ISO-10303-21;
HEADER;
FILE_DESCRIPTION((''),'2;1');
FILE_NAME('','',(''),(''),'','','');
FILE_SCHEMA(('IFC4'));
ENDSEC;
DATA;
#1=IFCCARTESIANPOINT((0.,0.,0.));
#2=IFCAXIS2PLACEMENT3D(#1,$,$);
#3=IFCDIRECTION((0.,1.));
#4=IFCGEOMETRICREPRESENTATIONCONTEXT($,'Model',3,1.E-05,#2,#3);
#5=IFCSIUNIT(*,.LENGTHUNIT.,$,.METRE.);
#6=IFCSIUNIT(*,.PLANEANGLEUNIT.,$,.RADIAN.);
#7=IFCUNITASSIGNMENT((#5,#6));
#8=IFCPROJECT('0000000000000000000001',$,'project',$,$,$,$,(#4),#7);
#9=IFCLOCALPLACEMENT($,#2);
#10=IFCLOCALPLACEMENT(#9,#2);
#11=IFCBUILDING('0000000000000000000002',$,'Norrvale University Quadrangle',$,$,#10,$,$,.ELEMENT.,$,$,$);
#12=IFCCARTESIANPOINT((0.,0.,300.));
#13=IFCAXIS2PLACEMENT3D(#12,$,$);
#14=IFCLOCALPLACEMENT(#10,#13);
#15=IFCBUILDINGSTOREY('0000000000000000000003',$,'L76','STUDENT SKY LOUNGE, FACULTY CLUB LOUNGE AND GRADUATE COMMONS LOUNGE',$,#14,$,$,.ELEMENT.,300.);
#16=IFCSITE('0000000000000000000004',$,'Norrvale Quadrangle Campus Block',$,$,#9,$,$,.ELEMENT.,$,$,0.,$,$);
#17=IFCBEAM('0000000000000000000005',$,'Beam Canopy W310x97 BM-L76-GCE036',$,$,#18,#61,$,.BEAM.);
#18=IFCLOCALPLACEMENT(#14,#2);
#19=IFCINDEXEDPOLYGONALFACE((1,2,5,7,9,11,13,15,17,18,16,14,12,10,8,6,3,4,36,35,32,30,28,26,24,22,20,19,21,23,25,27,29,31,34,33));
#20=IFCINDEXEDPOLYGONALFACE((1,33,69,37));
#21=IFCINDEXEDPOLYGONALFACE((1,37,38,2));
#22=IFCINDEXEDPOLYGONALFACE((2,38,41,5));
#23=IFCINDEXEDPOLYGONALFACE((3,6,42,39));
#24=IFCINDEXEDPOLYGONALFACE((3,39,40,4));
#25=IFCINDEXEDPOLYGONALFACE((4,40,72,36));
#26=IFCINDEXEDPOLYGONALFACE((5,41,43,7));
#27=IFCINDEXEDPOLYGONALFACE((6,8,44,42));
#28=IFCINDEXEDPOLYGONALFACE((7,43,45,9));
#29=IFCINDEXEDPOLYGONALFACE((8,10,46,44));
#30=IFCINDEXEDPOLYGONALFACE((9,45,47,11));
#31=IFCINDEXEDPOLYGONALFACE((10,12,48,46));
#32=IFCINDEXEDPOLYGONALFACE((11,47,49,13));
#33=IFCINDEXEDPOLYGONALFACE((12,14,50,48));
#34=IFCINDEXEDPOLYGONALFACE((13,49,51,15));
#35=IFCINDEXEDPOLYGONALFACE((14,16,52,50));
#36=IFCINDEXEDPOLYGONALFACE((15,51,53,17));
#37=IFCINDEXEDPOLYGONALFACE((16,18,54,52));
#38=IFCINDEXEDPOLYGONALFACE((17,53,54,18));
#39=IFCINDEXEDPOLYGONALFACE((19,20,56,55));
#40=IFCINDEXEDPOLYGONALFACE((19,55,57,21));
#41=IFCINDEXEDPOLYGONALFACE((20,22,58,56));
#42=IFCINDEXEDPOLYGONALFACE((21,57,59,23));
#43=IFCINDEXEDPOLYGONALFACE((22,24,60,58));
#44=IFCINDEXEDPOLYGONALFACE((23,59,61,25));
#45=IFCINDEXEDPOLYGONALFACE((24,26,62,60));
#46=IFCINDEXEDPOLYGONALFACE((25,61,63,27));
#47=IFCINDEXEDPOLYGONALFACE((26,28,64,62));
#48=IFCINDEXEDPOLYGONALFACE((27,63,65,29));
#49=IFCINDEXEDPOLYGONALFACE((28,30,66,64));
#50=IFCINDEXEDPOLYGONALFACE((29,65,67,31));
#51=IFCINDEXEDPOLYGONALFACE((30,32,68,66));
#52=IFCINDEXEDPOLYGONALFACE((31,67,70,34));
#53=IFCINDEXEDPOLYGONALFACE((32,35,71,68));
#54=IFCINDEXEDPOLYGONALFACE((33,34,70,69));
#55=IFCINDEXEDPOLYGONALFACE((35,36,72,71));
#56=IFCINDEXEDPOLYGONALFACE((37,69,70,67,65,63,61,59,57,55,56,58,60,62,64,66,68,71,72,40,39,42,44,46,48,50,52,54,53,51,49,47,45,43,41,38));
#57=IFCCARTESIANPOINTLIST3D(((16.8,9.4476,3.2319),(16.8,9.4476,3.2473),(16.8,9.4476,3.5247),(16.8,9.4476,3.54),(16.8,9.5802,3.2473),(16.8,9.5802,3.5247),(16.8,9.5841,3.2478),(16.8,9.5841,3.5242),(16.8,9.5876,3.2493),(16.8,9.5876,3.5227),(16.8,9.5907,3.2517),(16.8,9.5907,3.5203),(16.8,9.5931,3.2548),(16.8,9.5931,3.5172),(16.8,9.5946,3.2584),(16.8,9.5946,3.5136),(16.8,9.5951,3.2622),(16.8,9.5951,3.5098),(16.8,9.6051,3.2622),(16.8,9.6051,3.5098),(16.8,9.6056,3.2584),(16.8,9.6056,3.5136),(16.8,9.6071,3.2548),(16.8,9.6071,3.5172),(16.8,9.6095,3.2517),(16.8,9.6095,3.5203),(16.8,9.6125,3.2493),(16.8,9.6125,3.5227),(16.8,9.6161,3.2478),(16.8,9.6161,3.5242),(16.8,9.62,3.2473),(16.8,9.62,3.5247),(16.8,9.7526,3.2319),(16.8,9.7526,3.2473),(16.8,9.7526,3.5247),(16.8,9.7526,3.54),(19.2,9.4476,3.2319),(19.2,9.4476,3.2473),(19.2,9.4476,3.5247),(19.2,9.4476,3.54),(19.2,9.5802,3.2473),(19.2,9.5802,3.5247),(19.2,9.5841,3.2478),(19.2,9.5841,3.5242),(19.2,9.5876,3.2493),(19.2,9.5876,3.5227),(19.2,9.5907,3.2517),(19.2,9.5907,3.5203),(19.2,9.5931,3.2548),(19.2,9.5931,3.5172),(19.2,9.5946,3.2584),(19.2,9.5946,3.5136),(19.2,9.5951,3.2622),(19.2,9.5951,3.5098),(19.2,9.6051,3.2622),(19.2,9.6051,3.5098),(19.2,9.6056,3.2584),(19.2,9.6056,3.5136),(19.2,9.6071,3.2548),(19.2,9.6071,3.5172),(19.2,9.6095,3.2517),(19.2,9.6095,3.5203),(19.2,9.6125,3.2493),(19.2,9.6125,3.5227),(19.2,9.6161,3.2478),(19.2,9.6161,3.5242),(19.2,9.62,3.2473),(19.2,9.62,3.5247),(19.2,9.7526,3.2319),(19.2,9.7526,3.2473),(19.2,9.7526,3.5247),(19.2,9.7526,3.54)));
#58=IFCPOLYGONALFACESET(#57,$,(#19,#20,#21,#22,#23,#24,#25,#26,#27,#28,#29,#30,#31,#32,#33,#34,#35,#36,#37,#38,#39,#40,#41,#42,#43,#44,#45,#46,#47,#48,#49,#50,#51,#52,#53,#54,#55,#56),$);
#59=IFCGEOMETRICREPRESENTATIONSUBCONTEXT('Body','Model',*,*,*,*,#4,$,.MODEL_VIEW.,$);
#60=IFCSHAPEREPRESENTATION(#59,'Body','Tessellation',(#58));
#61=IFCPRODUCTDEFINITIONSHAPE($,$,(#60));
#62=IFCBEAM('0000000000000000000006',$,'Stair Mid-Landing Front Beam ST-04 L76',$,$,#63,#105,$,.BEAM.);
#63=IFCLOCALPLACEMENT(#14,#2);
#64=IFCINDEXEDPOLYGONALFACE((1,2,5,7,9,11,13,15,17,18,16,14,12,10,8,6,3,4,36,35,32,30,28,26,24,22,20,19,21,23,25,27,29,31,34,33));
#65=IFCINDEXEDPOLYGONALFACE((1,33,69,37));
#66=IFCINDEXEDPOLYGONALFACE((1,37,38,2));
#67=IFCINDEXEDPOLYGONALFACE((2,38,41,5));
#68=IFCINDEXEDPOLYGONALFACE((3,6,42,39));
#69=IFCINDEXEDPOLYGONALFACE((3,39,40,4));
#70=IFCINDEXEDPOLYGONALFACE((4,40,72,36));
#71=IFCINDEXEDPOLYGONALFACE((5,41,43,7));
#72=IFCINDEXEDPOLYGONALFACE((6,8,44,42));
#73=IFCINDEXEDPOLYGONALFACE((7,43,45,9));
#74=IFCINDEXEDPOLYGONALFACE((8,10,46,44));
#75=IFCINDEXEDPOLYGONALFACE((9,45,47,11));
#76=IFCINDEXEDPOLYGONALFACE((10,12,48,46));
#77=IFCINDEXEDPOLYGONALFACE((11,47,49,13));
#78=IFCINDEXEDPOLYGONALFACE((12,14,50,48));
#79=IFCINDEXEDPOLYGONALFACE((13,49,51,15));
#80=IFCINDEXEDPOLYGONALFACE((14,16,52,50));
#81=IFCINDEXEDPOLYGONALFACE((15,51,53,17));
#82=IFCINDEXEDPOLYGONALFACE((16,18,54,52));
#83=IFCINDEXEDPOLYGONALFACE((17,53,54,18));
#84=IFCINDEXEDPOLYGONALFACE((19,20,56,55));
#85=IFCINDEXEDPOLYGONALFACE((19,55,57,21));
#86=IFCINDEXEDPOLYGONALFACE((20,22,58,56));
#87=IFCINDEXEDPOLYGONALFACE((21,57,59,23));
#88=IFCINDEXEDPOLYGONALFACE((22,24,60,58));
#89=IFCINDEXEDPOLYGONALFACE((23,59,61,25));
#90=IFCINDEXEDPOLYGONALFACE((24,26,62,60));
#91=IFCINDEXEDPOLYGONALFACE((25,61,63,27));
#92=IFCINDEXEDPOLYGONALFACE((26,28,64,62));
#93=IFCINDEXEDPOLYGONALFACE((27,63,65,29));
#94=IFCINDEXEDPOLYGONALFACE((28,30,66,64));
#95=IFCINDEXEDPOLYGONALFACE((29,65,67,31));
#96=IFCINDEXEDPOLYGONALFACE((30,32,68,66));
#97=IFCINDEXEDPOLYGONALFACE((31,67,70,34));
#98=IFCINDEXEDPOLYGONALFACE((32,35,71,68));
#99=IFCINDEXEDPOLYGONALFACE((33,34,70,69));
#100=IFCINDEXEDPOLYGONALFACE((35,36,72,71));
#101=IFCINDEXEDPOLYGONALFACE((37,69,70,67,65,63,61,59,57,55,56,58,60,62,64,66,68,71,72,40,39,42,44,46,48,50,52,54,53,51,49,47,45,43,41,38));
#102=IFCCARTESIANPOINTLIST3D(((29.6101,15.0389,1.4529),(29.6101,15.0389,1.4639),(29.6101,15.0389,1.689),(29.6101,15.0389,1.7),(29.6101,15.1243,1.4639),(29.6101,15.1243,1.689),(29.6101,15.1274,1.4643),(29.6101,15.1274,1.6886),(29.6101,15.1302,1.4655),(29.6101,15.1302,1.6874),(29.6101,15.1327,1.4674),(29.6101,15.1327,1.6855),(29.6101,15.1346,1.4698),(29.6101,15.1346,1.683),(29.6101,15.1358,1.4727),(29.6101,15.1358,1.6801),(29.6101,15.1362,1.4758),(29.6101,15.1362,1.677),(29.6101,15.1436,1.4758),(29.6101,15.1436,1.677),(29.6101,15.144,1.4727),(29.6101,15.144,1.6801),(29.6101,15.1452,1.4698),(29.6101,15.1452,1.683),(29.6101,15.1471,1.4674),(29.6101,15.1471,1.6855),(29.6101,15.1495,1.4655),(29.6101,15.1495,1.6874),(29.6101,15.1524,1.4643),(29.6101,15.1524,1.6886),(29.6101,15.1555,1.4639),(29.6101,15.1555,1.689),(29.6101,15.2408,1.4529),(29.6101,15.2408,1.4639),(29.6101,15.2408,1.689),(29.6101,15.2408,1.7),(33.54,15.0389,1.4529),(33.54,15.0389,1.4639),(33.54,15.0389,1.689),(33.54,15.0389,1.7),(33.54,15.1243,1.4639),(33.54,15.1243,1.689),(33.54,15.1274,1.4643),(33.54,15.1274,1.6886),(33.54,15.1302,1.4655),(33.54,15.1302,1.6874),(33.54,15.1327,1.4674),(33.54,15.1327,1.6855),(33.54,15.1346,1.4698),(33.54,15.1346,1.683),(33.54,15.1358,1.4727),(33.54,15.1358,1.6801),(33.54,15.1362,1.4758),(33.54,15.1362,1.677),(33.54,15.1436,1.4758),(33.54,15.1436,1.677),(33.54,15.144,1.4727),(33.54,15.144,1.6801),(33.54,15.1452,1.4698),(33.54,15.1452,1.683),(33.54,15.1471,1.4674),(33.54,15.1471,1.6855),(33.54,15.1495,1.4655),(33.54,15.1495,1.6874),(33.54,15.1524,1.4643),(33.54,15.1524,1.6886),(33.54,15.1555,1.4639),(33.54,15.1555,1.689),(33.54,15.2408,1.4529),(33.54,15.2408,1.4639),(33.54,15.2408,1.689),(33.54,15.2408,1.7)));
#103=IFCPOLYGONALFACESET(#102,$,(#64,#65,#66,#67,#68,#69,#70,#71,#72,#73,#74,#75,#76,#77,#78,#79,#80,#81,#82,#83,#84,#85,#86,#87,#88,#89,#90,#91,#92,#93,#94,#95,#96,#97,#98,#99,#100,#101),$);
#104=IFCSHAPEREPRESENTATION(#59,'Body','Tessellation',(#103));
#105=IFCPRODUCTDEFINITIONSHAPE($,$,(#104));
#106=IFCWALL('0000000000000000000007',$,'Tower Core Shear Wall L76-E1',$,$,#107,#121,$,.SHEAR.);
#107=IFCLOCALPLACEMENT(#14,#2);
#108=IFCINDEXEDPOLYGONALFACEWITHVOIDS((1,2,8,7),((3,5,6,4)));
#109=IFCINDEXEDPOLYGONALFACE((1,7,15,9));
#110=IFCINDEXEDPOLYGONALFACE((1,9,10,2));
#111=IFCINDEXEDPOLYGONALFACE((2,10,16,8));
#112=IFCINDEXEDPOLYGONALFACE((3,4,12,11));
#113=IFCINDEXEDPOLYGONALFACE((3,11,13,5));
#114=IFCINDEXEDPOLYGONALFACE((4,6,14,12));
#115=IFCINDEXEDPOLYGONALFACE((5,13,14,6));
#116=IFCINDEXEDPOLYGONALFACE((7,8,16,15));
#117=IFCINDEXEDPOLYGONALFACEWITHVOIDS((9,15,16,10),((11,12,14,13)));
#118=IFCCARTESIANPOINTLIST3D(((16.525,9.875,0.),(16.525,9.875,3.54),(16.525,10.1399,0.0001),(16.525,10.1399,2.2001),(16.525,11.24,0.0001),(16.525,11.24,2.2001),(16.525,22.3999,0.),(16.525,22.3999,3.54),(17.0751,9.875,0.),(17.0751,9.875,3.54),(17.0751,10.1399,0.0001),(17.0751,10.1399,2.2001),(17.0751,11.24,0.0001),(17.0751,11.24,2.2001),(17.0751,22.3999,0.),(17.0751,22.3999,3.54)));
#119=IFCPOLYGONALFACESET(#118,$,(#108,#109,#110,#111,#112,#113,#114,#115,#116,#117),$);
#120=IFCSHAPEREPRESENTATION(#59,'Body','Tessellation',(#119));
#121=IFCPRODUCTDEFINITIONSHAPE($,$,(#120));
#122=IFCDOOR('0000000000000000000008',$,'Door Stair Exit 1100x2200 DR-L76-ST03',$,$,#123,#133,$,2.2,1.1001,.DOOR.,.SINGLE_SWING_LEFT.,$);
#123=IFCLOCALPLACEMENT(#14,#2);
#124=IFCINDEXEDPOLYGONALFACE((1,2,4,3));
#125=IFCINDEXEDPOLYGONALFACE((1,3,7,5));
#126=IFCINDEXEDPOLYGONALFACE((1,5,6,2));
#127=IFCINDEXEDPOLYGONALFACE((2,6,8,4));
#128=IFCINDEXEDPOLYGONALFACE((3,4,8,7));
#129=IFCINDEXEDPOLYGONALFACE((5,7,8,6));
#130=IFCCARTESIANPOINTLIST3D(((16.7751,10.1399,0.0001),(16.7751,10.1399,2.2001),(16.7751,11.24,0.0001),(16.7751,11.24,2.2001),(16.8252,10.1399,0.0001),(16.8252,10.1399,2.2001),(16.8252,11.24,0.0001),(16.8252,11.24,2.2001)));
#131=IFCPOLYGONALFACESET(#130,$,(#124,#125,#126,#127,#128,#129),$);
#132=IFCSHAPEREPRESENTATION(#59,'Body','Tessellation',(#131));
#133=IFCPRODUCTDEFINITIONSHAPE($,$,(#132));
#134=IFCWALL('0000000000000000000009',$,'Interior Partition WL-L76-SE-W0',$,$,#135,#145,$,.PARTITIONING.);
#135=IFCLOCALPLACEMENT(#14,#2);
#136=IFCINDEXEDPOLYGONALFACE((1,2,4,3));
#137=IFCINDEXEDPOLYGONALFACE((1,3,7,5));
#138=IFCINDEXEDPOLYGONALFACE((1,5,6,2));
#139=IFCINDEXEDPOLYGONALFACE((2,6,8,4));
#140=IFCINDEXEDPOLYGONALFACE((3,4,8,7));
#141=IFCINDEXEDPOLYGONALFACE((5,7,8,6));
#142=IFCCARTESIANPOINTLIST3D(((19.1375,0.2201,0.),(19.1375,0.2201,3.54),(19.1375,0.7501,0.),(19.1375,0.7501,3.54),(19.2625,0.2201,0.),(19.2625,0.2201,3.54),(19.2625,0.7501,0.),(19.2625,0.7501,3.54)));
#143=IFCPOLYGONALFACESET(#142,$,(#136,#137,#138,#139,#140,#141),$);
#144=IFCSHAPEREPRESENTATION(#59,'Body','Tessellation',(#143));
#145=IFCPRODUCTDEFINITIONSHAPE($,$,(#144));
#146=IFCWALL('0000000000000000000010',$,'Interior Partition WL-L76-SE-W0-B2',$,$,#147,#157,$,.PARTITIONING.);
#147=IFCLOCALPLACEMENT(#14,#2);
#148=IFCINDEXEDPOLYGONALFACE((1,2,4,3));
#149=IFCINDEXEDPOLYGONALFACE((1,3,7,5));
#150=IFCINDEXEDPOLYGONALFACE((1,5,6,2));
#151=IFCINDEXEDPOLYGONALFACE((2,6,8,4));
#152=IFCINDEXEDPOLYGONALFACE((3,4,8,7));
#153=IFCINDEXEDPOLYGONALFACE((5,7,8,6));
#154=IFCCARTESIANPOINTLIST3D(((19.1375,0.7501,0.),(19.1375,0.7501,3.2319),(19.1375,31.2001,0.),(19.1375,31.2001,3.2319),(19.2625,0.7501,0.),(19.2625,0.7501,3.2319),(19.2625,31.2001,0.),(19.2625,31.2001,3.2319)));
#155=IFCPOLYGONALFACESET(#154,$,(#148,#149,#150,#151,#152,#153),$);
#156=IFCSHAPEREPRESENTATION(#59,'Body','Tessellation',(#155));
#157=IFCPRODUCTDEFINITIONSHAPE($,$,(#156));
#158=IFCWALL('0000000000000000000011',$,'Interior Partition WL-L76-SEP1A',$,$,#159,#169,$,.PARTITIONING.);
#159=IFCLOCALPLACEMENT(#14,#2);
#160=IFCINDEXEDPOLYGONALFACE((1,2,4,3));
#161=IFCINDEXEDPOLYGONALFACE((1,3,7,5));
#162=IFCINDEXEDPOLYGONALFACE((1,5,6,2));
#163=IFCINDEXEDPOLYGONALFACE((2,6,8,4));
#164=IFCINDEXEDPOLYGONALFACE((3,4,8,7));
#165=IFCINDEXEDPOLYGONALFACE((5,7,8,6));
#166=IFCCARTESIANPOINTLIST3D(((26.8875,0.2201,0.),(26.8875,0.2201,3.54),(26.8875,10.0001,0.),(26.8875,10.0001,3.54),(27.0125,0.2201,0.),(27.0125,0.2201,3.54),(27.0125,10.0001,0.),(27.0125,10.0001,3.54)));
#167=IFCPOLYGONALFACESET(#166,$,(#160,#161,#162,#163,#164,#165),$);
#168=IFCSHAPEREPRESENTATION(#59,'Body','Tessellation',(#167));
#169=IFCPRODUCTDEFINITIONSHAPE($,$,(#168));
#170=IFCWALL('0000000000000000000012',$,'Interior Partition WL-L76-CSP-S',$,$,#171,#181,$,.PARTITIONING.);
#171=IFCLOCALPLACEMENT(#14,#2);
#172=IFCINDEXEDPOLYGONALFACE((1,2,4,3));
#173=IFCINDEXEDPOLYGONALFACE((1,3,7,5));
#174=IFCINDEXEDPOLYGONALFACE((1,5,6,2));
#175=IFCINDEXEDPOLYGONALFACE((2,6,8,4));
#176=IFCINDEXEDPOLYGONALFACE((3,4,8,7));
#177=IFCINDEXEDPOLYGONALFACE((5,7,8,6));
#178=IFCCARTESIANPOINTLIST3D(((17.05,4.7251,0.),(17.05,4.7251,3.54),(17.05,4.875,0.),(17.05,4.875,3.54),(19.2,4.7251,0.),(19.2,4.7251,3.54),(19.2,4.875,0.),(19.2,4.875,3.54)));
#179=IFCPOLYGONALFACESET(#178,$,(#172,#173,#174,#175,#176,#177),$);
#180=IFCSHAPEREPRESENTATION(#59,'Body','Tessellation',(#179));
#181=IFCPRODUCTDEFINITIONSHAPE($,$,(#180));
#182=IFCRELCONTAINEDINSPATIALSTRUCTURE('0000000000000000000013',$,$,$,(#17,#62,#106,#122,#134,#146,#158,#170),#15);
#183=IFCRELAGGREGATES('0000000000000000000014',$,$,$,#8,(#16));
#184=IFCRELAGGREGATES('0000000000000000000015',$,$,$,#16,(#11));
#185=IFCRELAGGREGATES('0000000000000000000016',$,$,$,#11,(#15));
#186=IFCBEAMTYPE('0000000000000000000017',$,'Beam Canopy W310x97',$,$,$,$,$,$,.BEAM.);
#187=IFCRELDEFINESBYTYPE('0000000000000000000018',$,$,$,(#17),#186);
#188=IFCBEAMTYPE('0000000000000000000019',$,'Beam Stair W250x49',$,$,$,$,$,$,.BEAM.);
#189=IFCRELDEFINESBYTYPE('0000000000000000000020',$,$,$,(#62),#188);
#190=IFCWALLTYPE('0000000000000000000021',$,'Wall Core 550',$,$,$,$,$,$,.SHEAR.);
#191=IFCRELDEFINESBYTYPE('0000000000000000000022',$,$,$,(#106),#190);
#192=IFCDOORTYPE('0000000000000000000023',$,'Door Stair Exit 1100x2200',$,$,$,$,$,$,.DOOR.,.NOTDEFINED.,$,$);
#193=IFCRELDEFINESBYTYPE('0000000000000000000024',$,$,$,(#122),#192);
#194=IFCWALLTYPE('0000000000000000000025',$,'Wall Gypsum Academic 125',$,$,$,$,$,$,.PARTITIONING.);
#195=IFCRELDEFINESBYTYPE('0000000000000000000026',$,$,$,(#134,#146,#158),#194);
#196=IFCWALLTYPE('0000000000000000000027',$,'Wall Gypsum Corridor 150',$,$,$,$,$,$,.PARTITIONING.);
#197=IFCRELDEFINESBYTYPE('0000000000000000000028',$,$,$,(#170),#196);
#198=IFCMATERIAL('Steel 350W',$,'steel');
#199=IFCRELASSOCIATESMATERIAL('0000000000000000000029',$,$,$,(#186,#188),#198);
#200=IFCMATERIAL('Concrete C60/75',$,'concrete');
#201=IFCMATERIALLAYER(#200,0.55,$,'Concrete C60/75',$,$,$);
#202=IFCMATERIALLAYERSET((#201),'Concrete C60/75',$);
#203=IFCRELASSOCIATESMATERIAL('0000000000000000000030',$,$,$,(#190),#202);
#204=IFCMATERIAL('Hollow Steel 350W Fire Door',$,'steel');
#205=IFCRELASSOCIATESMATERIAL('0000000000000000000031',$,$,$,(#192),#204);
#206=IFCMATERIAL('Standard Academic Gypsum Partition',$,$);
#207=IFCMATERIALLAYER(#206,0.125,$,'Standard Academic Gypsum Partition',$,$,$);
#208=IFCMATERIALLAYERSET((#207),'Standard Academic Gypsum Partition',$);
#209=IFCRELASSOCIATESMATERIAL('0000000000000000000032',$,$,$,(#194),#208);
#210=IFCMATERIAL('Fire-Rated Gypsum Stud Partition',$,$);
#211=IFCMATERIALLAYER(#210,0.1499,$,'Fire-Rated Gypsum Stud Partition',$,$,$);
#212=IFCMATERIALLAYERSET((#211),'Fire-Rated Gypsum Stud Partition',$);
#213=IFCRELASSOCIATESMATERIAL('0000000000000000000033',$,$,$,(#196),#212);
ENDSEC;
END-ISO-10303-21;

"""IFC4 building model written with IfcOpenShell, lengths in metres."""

from ifc_helpers import new_model, si_unit, direction, frame, frame_2d, origin, origin_2d, place, context, subcontext, project, spatial, rectangle, i_section, extrude, material, layer, layer_set, material_profile, profile_set, type_object, element, fill, save


model = new_model("IFC4")

# Units and contexts
model_context = context("Model", 3, precision=1e-05, world=origin(), true_north=direction((0.0, 1.0)))
body_context = subcontext(model_context, "Body", "Model", "MODEL_VIEW")
ifc_project = project(units=[si_unit("LENGTHUNIT", "METRE"), si_unit("PLANEANGLEUNIT", "RADIAN")], contexts=[model_context])

# Site, building, storey
site_placement = place(None, origin())
site = spatial("IfcSite", under=ifc_project, at=site_placement, Name="Norrvale Quadrangle Campus Block", CompositionType="ELEMENT", RefElevation=0.0)
building_placement = place(site_placement, origin())
building = spatial("IfcBuilding", under=site, at=building_placement, Name="Norrvale University Quadrangle", CompositionType="ELEMENT")
storey_placement = place(building_placement, frame((0.0, 0.0, 300.0)))
storey = spatial("IfcBuildingStorey", under=building, at=storey_placement, Name="L76", Description="STUDENT SKY LOUNGE, FACULTY CLUB LOUNGE AND GRADUATE COMMONS LOUNGE", CompositionType="ELEMENT", Elevation=300.0)

# Shared definitions
ifc_material_1 = material(Name="Concrete C60/75", Category="concrete")

# Beams
ifc_material_2 = material(Name="Steel 350W", Category="steel")
ifc_material_profile_1 = material_profile(ifc_material_2, i_section(OverallWidth=0.3049, OverallDepth=0.3081, WebThickness=0.01, FlangeThickness=0.0154, FilletRadius=0.0149, at=origin_2d()), Name="Steel 350W")
ifc_profile_set_1 = profile_set([ifc_material_profile_1], Name="Steel 350W")
beam_type_1 = type_object("IfcBeamType", Name="Beam Canopy W310x97", PredefinedType="BEAM", material=ifc_profile_set_1)
beam_1_placement = place(storey_placement, frame((16.8, 9.6001, 3.386), z_axis=(1.0, 0.0, 0.0), x_axis=(0.0, 1.0, 0.0)))
element("IfcBeam", 1, at=beam_1_placement, inside=storey, type_object=beam_type_1, Name="Beam Canopy W310x97 BM-L76-GCE036", PredefinedType="BEAM", context=body_context, shape_type="SweptSolid", body=[
    extrude(i_section(OverallWidth=0.3049, OverallDepth=0.3081, WebThickness=0.01, FlangeThickness=0.0154, FilletRadius=0.0149, at=origin_2d()), origin(), (0.0, 0.0, 1.0), 2.3999),
])
ifc_material_profile_2 = material_profile(ifc_material_2, i_section(OverallWidth=0.2019, OverallDepth=0.2471, WebThickness=0.0073, FlangeThickness=0.011, FilletRadius=0.012, at=origin_2d()), Name="Steel 350W")
ifc_profile_set_2 = profile_set([ifc_material_profile_2], Name="Steel 350W")
beam_type_2 = type_object("IfcBeamType", Name="Beam Stair W250x49", PredefinedType="BEAM", material=ifc_profile_set_2)
beam_2_placement = place(storey_placement, frame((29.6101, 15.1399, 1.5764), z_axis=(1.0, 0.0, 0.0), x_axis=(0.0, 1.0, 0.0)))
element("IfcBeam", 2, at=beam_2_placement, inside=storey, type_object=beam_type_2, Name="Stair Mid-Landing Front Beam ST-04 L76", PredefinedType="BEAM", context=body_context, shape_type="SweptSolid", body=[
    extrude(i_section(OverallWidth=0.2019, OverallDepth=0.2471, WebThickness=0.0073, FlangeThickness=0.011, FilletRadius=0.012, at=origin_2d()), origin(), (0.0, 0.0, 1.0), 3.9299),
])

# Wall, opening, door
ifc_layer_1 = layer(ifc_material_1, 0.55, Name="Concrete C60/75")
ifc_layer_set_1 = layer_set([ifc_layer_1], Name="Concrete C60/75")
wall_type_1 = type_object("IfcWallType", Name="Wall Core 550", PredefinedType="SHEAR", material=ifc_layer_set_1)
wall_1_placement = place(storey_placement, frame((16.8, 9.875, 0.0), z_axis=(0.0, 0.0, 1.0), x_axis=(0.0, 1.0, 0.0)))
wall_1 = element("IfcWall", 3, at=wall_1_placement, inside=storey, type_object=wall_type_1, Name="Tower Core Shear Wall L76-E1", PredefinedType="SHEAR", context=body_context, shape_type="SweptSolid", body=[
    extrude(rectangle(XDim=12.5249, YDim=0.55, at=frame_2d((6.2625, 0.0))), origin(), (0.0, 0.0, 1.0), 3.54),
])
opening_1_placement = place(wall_1_placement, frame((0.2649, 0.0, 0.0)))
opening_1 = element("IfcOpeningElement", 4, at=opening_1_placement, cuts=wall_1, PredefinedType="OPENING", context=body_context, shape_type="SweptSolid", body=[
    extrude(rectangle(XDim=1.1001, YDim=2.2, at=frame_2d((0.55, 1.1001))), frame((0.0, 0.2871, 0.0), z_axis=(0.0, -1.0, 0.0), x_axis=(1.0, 0.0, 0.0)), (0.0, 0.0, 1.0), 0.574),
])
ifc_material_3 = material(Name="Hollow Steel 350W Fire Door", Category="steel")
door_type_1 = type_object("IfcDoorType", Name="Door Stair Exit 1100x2200", OperationType="NOTDEFINED", PredefinedType="DOOR", material=ifc_material_3)
door_1_placement = place(opening_1_placement, origin())
door_1 = element("IfcDoor", 5, at=door_1_placement, inside=storey, type_object=door_type_1, Name="Door Stair Exit 1100x2200 DR-L76-ST03", OperationType="SINGLE_SWING_LEFT", OverallHeight=2.2, OverallWidth=1.1001, PredefinedType="DOOR", context=body_context, shape_type="SweptSolid", body=[
    extrude(rectangle(XDim=1.1001, YDim=2.2, at=frame_2d((0.55, 1.1001))), frame((0.0, 0.0249, 0.0), z_axis=(0.0, -1.0, 0.0), x_axis=(1.0, 0.0, 0.0)), (0.0, 0.0, 1.0), 0.05),
])
fill(opening_1, door_1)

# Walls
ifc_material_4 = material(Name="Standard Academic Gypsum Partition")
ifc_layer_2 = layer(ifc_material_4, 0.125, Name="Standard Academic Gypsum Partition")
ifc_layer_set_2 = layer_set([ifc_layer_2], Name="Standard Academic Gypsum Partition")
wall_type_2 = type_object("IfcWallType", Name="Wall Gypsum Academic 125", PredefinedType="PARTITIONING", material=ifc_layer_set_2)
wall_2_placement = place(storey_placement, frame((19.2, 0.22, 0.0), z_axis=(0.0, 0.0, 1.0), x_axis=(0.0, 1.0, 0.0)))
element("IfcWall", 6, at=wall_2_placement, inside=storey, type_object=wall_type_2, Name="Interior Partition WL-L76-SE-W0", PredefinedType="PARTITIONING", context=body_context, shape_type="SweptSolid", body=[
    extrude(rectangle(XDim=0.53, YDim=0.125, at=frame_2d((0.2651, 0.0))), origin(), (0.0, 0.0, 1.0), 3.54),
])
wall_3_placement = place(storey_placement, frame((19.2, 0.75, 0.0), z_axis=(0.0, 0.0, 1.0), x_axis=(0.0, 1.0, 0.0)))
element("IfcWall", 7, at=wall_3_placement, inside=storey, type_object=wall_type_2, Name="Interior Partition WL-L76-SE-W0-B2", PredefinedType="PARTITIONING", context=body_context, shape_type="SweptSolid", body=[
    extrude(rectangle(XDim=30.45, YDim=0.125, at=frame_2d((15.2251, 0.0))), origin(), (0.0, 0.0, 1.0), 3.2319),
])
wall_4_placement = place(storey_placement, frame((26.95, 0.22, 0.0), z_axis=(0.0, 0.0, 1.0), x_axis=(0.0, 1.0, 0.0)))
element("IfcWall", 8, at=wall_4_placement, inside=storey, type_object=wall_type_2, Name="Interior Partition WL-L76-SEP1A", PredefinedType="PARTITIONING", context=body_context, shape_type="SweptSolid", body=[
    extrude(rectangle(XDim=9.78, YDim=0.125, at=frame_2d((4.8901, 0.0))), origin(), (0.0, 0.0, 1.0), 3.54),
])
ifc_material_5 = material(Name="Fire-Rated Gypsum Stud Partition")
ifc_layer_3 = layer(ifc_material_5, 0.1499, Name="Fire-Rated Gypsum Stud Partition")
ifc_layer_set_3 = layer_set([ifc_layer_3], Name="Fire-Rated Gypsum Stud Partition")
wall_type_3 = type_object("IfcWallType", Name="Wall Gypsum Corridor 150", PredefinedType="PARTITIONING", material=ifc_layer_set_3)
wall_5_placement = place(storey_placement, frame((17.05, 4.8, 0.0), z_axis=(0.0, 0.0, 1.0), x_axis=(1.0, 0.0, 0.0)))
element("IfcWall", 9, at=wall_5_placement, inside=storey, type_object=wall_type_3, Name="Interior Partition WL-L76-CSP-S", PredefinedType="PARTITIONING", context=body_context, shape_type="SweptSolid", body=[
    extrude(rectangle(XDim=2.1499, YDim=0.1499, at=frame_2d((1.075, 0.0))), origin(), (0.0, 0.0, 1.0), 3.54),
])

save(model, "model.ifc")
